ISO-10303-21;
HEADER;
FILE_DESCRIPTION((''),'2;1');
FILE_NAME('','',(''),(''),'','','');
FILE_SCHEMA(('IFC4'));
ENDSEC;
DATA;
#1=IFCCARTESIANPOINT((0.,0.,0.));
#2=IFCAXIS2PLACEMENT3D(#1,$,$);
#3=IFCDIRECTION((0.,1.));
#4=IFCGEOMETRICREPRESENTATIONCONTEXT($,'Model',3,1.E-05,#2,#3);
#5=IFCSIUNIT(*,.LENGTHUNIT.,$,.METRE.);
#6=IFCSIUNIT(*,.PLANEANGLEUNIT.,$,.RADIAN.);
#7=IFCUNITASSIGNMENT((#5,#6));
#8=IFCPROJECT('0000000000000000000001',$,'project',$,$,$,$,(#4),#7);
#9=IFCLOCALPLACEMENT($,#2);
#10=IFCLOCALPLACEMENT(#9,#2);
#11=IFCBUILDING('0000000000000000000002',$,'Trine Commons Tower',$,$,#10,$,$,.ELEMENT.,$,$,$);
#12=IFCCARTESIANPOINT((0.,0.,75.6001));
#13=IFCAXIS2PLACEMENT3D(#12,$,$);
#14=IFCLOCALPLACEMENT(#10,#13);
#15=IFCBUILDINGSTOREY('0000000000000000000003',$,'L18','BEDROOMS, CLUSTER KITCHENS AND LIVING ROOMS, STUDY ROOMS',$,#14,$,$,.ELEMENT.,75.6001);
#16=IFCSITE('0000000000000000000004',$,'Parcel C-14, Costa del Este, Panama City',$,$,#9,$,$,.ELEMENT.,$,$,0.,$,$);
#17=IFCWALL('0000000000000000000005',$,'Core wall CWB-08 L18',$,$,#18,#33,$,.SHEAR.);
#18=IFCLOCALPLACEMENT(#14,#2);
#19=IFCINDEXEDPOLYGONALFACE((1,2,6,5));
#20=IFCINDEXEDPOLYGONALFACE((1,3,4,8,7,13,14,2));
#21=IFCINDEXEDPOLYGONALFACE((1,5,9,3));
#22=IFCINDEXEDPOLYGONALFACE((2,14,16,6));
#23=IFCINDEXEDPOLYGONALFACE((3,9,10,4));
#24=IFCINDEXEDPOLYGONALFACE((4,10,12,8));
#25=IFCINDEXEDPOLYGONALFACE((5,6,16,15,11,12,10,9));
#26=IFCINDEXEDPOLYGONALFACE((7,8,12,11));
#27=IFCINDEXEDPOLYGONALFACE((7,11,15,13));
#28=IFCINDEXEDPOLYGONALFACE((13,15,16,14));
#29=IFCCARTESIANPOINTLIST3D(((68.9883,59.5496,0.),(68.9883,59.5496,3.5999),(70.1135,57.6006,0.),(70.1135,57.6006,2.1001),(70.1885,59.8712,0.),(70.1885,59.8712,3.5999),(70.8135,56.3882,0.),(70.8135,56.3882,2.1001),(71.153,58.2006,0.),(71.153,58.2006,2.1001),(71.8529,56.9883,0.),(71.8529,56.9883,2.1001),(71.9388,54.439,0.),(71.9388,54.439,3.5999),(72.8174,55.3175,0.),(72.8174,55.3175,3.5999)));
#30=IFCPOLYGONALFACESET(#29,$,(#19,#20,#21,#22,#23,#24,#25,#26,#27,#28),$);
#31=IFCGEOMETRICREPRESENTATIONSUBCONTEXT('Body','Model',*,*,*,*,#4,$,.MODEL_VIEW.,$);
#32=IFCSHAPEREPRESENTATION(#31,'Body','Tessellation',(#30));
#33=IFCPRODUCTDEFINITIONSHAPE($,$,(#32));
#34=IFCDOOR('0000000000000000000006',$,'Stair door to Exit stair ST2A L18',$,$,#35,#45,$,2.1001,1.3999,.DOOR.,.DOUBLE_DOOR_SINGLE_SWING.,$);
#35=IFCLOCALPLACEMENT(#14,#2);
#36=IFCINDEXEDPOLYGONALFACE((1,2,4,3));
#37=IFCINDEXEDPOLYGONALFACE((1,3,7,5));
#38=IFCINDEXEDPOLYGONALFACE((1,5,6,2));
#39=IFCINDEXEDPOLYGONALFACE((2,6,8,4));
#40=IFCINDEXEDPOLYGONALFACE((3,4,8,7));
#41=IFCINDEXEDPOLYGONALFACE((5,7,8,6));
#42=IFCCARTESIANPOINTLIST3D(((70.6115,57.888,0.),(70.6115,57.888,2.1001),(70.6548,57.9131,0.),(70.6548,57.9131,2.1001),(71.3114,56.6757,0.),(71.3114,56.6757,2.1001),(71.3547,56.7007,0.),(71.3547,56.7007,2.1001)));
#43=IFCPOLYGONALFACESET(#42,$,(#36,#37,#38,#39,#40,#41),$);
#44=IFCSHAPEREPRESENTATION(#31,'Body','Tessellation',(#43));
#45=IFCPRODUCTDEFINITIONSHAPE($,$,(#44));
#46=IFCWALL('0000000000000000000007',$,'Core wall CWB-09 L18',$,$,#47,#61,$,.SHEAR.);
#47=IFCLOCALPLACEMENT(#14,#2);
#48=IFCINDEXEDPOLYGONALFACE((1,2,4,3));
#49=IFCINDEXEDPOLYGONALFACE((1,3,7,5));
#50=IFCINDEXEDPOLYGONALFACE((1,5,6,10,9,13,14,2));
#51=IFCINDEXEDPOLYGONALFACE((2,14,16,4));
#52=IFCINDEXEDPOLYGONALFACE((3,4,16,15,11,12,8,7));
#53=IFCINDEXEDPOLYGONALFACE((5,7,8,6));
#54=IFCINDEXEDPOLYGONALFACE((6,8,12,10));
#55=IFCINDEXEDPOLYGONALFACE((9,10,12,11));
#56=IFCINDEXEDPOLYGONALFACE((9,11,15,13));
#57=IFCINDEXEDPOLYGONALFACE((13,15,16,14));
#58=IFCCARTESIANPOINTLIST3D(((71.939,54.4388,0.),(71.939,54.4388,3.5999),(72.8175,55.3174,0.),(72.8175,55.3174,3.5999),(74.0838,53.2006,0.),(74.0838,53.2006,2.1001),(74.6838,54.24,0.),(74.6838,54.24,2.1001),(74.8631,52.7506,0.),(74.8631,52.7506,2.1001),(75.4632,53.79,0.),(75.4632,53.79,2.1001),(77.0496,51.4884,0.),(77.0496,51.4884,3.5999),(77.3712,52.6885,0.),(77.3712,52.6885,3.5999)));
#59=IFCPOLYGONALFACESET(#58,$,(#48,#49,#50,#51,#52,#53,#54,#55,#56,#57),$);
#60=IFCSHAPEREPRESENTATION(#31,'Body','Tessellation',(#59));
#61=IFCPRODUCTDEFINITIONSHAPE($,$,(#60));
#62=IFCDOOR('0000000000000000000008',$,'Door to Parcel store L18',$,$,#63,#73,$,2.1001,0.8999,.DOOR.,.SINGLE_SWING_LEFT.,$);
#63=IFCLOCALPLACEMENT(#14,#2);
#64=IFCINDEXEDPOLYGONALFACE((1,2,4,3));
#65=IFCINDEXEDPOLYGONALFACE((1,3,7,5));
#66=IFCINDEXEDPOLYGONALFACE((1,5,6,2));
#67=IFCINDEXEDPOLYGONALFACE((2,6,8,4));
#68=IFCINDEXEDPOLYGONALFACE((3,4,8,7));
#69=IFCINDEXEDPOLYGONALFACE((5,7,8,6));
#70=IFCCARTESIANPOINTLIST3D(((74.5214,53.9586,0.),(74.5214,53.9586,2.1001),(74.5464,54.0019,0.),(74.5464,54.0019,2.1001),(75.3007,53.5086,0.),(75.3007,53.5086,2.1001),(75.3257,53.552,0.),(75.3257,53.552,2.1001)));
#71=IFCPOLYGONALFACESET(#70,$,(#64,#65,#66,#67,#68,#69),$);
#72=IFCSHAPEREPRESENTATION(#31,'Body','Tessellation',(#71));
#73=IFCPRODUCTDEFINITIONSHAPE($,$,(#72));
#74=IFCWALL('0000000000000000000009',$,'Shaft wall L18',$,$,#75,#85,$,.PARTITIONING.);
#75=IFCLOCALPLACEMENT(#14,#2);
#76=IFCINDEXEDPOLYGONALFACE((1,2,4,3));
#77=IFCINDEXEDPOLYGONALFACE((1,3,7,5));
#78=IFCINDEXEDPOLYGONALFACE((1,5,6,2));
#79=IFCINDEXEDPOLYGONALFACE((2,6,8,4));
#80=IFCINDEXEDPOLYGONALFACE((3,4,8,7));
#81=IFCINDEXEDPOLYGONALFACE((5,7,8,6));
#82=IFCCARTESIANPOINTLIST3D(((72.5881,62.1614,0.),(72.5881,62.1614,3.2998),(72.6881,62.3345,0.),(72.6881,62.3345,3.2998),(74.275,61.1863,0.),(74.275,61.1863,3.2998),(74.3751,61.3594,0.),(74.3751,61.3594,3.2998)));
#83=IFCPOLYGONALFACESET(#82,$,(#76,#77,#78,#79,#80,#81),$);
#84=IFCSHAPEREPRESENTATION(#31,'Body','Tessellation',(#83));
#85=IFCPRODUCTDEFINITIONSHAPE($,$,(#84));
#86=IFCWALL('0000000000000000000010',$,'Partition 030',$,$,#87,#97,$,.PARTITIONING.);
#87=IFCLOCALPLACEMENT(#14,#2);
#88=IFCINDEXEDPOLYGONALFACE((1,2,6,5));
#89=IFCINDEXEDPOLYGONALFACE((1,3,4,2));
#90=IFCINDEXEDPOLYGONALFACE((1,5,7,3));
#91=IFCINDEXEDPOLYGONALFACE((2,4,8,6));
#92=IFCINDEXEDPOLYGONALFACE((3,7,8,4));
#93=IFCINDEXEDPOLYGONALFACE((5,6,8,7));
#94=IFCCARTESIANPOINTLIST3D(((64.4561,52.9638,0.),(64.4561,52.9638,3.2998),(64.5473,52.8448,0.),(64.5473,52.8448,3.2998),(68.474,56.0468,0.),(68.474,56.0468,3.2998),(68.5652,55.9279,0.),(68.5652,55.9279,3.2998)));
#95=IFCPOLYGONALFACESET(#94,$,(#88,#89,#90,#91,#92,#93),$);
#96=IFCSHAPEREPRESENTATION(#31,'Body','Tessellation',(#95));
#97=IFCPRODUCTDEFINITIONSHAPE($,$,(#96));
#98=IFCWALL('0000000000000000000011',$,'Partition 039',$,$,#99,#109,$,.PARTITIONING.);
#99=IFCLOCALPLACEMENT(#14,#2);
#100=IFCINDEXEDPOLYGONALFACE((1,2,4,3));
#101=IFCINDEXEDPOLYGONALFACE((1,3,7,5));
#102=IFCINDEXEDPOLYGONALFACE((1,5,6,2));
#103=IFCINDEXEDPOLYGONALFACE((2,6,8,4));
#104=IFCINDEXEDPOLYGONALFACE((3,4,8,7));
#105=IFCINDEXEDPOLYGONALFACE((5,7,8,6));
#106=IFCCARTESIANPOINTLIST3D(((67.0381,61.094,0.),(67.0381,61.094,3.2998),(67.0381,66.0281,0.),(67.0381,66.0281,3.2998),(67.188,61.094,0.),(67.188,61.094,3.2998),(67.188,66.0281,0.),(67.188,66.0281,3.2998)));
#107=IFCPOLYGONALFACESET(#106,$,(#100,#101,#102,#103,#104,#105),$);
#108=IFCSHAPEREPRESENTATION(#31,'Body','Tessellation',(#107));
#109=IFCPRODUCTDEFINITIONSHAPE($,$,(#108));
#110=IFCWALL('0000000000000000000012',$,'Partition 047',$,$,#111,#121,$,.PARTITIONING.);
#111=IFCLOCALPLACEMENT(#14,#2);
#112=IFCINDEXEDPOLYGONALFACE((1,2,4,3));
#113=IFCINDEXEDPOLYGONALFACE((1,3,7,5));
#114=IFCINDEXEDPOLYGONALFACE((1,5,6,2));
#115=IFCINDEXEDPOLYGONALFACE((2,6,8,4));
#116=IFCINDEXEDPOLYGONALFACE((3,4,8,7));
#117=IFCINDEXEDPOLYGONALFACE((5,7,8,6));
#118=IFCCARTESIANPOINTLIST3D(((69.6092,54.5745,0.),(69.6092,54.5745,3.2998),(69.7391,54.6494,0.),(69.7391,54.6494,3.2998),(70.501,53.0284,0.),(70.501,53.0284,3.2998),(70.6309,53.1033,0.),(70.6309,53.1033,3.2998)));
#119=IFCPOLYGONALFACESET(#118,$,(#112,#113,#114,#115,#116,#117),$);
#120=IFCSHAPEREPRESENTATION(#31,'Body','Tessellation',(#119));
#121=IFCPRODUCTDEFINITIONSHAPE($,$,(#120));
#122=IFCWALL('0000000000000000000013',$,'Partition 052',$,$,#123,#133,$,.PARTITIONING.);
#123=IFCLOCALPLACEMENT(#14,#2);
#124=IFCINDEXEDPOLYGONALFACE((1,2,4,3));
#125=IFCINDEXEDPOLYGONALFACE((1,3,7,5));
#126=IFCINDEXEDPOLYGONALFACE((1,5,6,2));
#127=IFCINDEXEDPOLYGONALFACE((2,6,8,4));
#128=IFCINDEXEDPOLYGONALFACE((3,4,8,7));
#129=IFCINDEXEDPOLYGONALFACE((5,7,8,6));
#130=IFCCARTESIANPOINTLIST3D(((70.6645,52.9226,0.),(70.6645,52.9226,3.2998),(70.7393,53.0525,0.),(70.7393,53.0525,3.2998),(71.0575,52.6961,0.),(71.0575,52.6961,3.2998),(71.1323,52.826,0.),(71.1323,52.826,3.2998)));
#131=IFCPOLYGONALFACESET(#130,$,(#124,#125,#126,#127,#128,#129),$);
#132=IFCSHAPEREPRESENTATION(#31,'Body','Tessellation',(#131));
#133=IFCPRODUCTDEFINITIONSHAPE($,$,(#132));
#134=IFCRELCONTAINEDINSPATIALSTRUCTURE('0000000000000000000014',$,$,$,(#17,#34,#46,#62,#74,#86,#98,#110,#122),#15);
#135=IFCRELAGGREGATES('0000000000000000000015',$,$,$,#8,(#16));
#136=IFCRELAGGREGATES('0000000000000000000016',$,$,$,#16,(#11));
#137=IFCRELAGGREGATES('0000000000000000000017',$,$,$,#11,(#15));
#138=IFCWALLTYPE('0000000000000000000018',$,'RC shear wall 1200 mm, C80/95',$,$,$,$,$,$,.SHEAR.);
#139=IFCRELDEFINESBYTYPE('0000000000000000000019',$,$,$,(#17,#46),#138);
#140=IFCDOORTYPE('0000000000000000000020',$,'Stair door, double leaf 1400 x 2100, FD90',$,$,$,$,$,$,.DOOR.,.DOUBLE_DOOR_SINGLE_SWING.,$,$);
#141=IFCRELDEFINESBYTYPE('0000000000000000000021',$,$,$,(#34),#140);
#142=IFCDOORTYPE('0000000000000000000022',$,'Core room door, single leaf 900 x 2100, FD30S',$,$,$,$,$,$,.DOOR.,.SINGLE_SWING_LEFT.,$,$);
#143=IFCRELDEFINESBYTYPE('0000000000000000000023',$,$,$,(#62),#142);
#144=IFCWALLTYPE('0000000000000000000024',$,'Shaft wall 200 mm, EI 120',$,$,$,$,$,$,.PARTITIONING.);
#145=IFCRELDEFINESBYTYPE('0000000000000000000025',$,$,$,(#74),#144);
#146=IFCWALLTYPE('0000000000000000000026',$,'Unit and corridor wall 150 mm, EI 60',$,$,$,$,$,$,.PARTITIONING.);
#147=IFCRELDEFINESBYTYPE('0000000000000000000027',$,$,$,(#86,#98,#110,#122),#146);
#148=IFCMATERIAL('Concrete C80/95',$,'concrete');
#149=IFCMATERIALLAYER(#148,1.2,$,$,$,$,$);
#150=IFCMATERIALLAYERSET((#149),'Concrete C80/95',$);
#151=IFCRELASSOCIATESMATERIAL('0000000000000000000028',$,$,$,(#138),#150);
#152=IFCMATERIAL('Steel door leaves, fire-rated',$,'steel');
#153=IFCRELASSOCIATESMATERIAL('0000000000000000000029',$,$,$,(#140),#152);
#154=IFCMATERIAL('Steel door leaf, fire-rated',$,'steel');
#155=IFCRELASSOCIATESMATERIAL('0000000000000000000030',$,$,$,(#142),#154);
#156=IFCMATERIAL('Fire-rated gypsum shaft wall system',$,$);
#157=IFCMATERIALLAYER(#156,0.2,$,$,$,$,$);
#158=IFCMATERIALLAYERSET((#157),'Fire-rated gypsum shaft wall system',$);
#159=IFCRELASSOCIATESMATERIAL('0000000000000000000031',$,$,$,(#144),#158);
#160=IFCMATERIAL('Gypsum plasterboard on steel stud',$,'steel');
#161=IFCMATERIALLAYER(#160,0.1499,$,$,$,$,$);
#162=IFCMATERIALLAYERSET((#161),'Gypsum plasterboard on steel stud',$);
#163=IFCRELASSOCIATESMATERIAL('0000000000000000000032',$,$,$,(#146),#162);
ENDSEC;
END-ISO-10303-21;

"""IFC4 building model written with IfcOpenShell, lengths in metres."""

from ifc_helpers import new_model, si_unit, direction, frame, frame_2d, origin, place, context, subcontext, project, spatial, polyline, rectangle, outline, extrude, material, layer, layer_set, type_object, element, fill, save


model = new_model("IFC4")

# Units and contexts
model_context = context("Model", 3, precision=1e-05, world=origin(), true_north=direction((0.0, 1.0)))
body_context = subcontext(model_context, "Body", "Model", "MODEL_VIEW")
ifc_project = project(units=[si_unit("LENGTHUNIT", "METRE"), si_unit("PLANEANGLEUNIT", "RADIAN")], contexts=[model_context])

# Site, building, storey
site_placement = place(None, origin())
site = spatial("IfcSite", under=ifc_project, at=site_placement, Name="Parcel C-14, Costa del Este, Panama City", CompositionType="ELEMENT", RefElevation=0.0)
building_placement = place(site_placement, origin())
building = spatial("IfcBuilding", under=site, at=building_placement, Name="Trine Commons Tower", CompositionType="ELEMENT")
storey_placement = place(building_placement, frame((0.0, 0.0, 75.6001)))
storey = spatial("IfcBuildingStorey", under=building, at=storey_placement, Name="L18", Description="BEDROOMS, CLUSTER KITCHENS AND LIVING ROOMS, STUDY ROOMS", CompositionType="ELEMENT", Elevation=75.6001)

# Walls, openings, doors
ifc_material_1 = material(Name="Concrete C80/95", Category="concrete")
ifc_layer_1 = layer(ifc_material_1, 1.2)
ifc_layer_set_1 = layer_set([ifc_layer_1], Name="Concrete C80/95")
wall_type_1 = type_object("IfcWallType", Name="RC shear wall 1200 mm, C80/95", PredefinedType="SHEAR", material=ifc_layer_set_1)
wall_1_placement = place(storey_placement, frame((69.5081, 59.8496, 0.0), z_axis=(0.0, 0.0, 1.0), x_axis=(0.499979, -0.866037, 0.0)))
wall_1 = element("IfcWall", 1, at=wall_1_placement, inside=storey, type_object=wall_type_1, Name="Core wall CWB-08 L18", PredefinedType="SHEAR", context=body_context, shape_type="SweptSolid", body=[
    extrude(outline(polyline([(0.0, -0.6001), (5.9011, -0.6001), (5.5796, 0.6001), (0.3215, 0.6001), (0.0, -0.6001)])), origin(), (0.0, 0.0, 1.0), 3.5999),
])
opening_1_placement = place(wall_1_placement, frame((2.2505, 0.0, 0.0)))
opening_1 = element("IfcOpeningElement", 2, at=opening_1_placement, cuts=wall_1, PredefinedType="OPENING", context=body_context, shape_type="SweptSolid", body=[
    extrude(rectangle(XDim=1.3999, YDim=2.1001, at=frame_2d((0.7, 1.05))), frame((0.0, 0.6099, 0.0), z_axis=(0.0, -1.0, 0.0), x_axis=(1.0, 0.0, 0.0)), (0.0, 0.0, 1.0), 1.22),
])
ifc_material_2 = material(Name="Steel door leaves, fire-rated", Category="steel")
door_type_1 = type_object("IfcDoorType", Name="Stair door, double leaf 1400 x 2100, FD90", OperationType="DOUBLE_DOOR_SINGLE_SWING", PredefinedType="DOOR", material=ifc_material_2)
door_1_placement = place(opening_1_placement, origin())
door_1 = element("IfcDoor", 3, at=door_1_placement, inside=storey, type_object=door_type_1, Name="Stair door to Exit stair ST2A L18", OperationType="DOUBLE_DOOR_SINGLE_SWING", OverallHeight=2.1001, OverallWidth=1.3999, PredefinedType="DOOR", context=body_context, shape_type="SweptSolid", body=[
    extrude(rectangle(XDim=1.3999, YDim=2.1001, at=frame_2d((0.7, 1.05))), frame((0.0, 0.0249, 0.0), z_axis=(0.0, -1.0, 0.0), x_axis=(1.0, 0.0, 0.0)), (0.0, 0.0, 1.0), 0.05),
])
fill(opening_1, door_1)
wall_2_placement = place(storey_placement, frame((72.239, 54.9585, 0.0), z_axis=(0.0, 0.0, 1.0), x_axis=(0.866037, -0.499979, 0.0)))
wall_2 = element("IfcWall", 4, at=wall_2_placement, inside=storey, type_object=wall_type_1, Name="Core wall CWB-09 L18", PredefinedType="SHEAR", context=body_context, shape_type="SweptSolid", body=[
    extrude(outline(polyline([(0.0, -0.6001), (5.9011, -0.6001), (5.5796, 0.6001), (0.3215, 0.6001), (0.0, -0.6001)])), origin(), (0.0, 0.0, 1.0), 3.5999),
])
opening_2_placement = place(wall_2_placement, frame((2.4766, 0.0, 0.0)))
opening_2 = element("IfcOpeningElement", 5, at=opening_2_placement, cuts=wall_2, PredefinedType="OPENING", context=body_context, shape_type="SweptSolid", body=[
    extrude(rectangle(XDim=0.8999, YDim=2.1001, at=frame_2d((0.45, 1.05))), frame((0.0, 0.6099, 0.0), z_axis=(0.0, -1.0, 0.0), x_axis=(1.0, 0.0, 0.0)), (0.0, 0.0, 1.0), 1.22),
])
ifc_material_3 = material(Name="Steel door leaf, fire-rated", Category="steel")
door_type_2 = type_object("IfcDoorType", Name="Core room door, single leaf 900 x 2100, FD30S", OperationType="SINGLE_SWING_LEFT", PredefinedType="DOOR", material=ifc_material_3)
door_2_placement = place(opening_2_placement, origin())
door_2 = element("IfcDoor", 6, at=door_2_placement, inside=storey, type_object=door_type_2, Name="Door to Parcel store L18", OperationType="SINGLE_SWING_LEFT", OverallHeight=2.1001, OverallWidth=0.8999, PredefinedType="DOOR", context=body_context, shape_type="SweptSolid", body=[
    extrude(rectangle(XDim=0.8999, YDim=2.1001, at=frame_2d((0.45, 1.05))), frame((0.0, 0.3252, 0.0), z_axis=(0.0, -1.0, 0.0), x_axis=(1.0, 0.0, 0.0)), (0.0, 0.0, 1.0), 0.05),
])
fill(opening_2, door_2)

# Walls
ifc_material_4 = material(Name="Fire-rated gypsum shaft wall system")
ifc_layer_2 = layer(ifc_material_4, 0.2)
ifc_layer_set_2 = layer_set([ifc_layer_2], Name="Fire-rated gypsum shaft wall system")
wall_type_2 = type_object("IfcWallType", Name="Shaft wall 200 mm, EI 120", PredefinedType="PARTITIONING", material=ifc_layer_set_2)
wall_3_placement = place(storey_placement, frame((74.325, 61.2729, 0.0), z_axis=(0.0, 0.0, 1.0), x_axis=(-0.865781, 0.500424, 0.0)))
element("IfcWall", 7, at=wall_3_placement, inside=storey, type_object=wall_type_2, Name="Shaft wall L18", PredefinedType="PARTITIONING", context=body_context, shape_type="SweptSolid", body=[
    extrude(rectangle(XDim=1.9485, YDim=0.2, at=frame_2d((0.9741, 0.0))), origin(), (0.0, 0.0, 1.0), 3.2998),
])
ifc_material_5 = material(Name="Gypsum plasterboard on steel stud", Category="steel")
ifc_layer_3 = layer(ifc_material_5, 0.1499)
ifc_layer_set_3 = layer_set([ifc_layer_3], Name="Gypsum plasterboard on steel stud")
wall_type_3 = type_object("IfcWallType", Name="Unit and corridor wall 150 mm, EI 60", PredefinedType="PARTITIONING", material=ifc_layer_set_3)
wall_4_placement = place(storey_placement, frame((64.5017, 52.9043, 0.0), z_axis=(0.0, 0.0, 1.0), x_axis=(0.793351, 0.608764, 0.0)))
element("IfcWall", 8, at=wall_4_placement, inside=storey, type_object=wall_type_3, Name="Partition 030", PredefinedType="PARTITIONING", context=body_context, shape_type="SweptSolid", body=[
    extrude(rectangle(XDim=5.0645, YDim=0.1499, at=frame_2d((2.5322, 0.0))), origin(), (0.0, 0.0, 1.0), 3.2998),
])
wall_5_placement = place(storey_placement, frame((67.113, 61.094, 0.0), z_axis=(0.0, 0.0, 1.0), x_axis=(0.0, 1.0, 0.0)))
element("IfcWall", 9, at=wall_5_placement, inside=storey, type_object=wall_type_3, Name="Partition 039", PredefinedType="PARTITIONING", context=body_context, shape_type="SweptSolid", body=[
    extrude(rectangle(XDim=4.9341, YDim=0.1499, at=frame_2d((2.467, 0.0))), origin(), (0.0, 0.0, 1.0), 3.2998),
])
wall_6_placement = place(storey_placement, frame((69.6741, 54.6121, 0.0), z_axis=(0.0, 0.0, 1.0), x_axis=(0.499655, -0.866224, 0.0)))
element("IfcWall", 10, at=wall_6_placement, inside=storey, type_object=wall_type_3, Name="Partition 047", PredefinedType="PARTITIONING", context=body_context, shape_type="SweptSolid", body=[
    extrude(rectangle(XDim=1.7849, YDim=0.1499, at=frame_2d((0.8926, 0.0))), origin(), (0.0, 0.0, 1.0), 3.2998),
])
wall_7_placement = place(storey_placement, frame((70.7019, 52.9875, 0.0), z_axis=(0.0, 0.0, 1.0), x_axis=(0.866383, -0.499381, 0.0)))
element("IfcWall", 11, at=wall_7_placement, inside=storey, type_object=wall_type_3, Name="Partition 052", PredefinedType="PARTITIONING", context=body_context, shape_type="SweptSolid", body=[
    extrude(rectangle(XDim=0.4536, YDim=0.1499, at=frame_2d((0.2268, 0.0))), origin(), (0.0, 0.0, 1.0), 3.2998),
])

save(model, "model.ifc")
